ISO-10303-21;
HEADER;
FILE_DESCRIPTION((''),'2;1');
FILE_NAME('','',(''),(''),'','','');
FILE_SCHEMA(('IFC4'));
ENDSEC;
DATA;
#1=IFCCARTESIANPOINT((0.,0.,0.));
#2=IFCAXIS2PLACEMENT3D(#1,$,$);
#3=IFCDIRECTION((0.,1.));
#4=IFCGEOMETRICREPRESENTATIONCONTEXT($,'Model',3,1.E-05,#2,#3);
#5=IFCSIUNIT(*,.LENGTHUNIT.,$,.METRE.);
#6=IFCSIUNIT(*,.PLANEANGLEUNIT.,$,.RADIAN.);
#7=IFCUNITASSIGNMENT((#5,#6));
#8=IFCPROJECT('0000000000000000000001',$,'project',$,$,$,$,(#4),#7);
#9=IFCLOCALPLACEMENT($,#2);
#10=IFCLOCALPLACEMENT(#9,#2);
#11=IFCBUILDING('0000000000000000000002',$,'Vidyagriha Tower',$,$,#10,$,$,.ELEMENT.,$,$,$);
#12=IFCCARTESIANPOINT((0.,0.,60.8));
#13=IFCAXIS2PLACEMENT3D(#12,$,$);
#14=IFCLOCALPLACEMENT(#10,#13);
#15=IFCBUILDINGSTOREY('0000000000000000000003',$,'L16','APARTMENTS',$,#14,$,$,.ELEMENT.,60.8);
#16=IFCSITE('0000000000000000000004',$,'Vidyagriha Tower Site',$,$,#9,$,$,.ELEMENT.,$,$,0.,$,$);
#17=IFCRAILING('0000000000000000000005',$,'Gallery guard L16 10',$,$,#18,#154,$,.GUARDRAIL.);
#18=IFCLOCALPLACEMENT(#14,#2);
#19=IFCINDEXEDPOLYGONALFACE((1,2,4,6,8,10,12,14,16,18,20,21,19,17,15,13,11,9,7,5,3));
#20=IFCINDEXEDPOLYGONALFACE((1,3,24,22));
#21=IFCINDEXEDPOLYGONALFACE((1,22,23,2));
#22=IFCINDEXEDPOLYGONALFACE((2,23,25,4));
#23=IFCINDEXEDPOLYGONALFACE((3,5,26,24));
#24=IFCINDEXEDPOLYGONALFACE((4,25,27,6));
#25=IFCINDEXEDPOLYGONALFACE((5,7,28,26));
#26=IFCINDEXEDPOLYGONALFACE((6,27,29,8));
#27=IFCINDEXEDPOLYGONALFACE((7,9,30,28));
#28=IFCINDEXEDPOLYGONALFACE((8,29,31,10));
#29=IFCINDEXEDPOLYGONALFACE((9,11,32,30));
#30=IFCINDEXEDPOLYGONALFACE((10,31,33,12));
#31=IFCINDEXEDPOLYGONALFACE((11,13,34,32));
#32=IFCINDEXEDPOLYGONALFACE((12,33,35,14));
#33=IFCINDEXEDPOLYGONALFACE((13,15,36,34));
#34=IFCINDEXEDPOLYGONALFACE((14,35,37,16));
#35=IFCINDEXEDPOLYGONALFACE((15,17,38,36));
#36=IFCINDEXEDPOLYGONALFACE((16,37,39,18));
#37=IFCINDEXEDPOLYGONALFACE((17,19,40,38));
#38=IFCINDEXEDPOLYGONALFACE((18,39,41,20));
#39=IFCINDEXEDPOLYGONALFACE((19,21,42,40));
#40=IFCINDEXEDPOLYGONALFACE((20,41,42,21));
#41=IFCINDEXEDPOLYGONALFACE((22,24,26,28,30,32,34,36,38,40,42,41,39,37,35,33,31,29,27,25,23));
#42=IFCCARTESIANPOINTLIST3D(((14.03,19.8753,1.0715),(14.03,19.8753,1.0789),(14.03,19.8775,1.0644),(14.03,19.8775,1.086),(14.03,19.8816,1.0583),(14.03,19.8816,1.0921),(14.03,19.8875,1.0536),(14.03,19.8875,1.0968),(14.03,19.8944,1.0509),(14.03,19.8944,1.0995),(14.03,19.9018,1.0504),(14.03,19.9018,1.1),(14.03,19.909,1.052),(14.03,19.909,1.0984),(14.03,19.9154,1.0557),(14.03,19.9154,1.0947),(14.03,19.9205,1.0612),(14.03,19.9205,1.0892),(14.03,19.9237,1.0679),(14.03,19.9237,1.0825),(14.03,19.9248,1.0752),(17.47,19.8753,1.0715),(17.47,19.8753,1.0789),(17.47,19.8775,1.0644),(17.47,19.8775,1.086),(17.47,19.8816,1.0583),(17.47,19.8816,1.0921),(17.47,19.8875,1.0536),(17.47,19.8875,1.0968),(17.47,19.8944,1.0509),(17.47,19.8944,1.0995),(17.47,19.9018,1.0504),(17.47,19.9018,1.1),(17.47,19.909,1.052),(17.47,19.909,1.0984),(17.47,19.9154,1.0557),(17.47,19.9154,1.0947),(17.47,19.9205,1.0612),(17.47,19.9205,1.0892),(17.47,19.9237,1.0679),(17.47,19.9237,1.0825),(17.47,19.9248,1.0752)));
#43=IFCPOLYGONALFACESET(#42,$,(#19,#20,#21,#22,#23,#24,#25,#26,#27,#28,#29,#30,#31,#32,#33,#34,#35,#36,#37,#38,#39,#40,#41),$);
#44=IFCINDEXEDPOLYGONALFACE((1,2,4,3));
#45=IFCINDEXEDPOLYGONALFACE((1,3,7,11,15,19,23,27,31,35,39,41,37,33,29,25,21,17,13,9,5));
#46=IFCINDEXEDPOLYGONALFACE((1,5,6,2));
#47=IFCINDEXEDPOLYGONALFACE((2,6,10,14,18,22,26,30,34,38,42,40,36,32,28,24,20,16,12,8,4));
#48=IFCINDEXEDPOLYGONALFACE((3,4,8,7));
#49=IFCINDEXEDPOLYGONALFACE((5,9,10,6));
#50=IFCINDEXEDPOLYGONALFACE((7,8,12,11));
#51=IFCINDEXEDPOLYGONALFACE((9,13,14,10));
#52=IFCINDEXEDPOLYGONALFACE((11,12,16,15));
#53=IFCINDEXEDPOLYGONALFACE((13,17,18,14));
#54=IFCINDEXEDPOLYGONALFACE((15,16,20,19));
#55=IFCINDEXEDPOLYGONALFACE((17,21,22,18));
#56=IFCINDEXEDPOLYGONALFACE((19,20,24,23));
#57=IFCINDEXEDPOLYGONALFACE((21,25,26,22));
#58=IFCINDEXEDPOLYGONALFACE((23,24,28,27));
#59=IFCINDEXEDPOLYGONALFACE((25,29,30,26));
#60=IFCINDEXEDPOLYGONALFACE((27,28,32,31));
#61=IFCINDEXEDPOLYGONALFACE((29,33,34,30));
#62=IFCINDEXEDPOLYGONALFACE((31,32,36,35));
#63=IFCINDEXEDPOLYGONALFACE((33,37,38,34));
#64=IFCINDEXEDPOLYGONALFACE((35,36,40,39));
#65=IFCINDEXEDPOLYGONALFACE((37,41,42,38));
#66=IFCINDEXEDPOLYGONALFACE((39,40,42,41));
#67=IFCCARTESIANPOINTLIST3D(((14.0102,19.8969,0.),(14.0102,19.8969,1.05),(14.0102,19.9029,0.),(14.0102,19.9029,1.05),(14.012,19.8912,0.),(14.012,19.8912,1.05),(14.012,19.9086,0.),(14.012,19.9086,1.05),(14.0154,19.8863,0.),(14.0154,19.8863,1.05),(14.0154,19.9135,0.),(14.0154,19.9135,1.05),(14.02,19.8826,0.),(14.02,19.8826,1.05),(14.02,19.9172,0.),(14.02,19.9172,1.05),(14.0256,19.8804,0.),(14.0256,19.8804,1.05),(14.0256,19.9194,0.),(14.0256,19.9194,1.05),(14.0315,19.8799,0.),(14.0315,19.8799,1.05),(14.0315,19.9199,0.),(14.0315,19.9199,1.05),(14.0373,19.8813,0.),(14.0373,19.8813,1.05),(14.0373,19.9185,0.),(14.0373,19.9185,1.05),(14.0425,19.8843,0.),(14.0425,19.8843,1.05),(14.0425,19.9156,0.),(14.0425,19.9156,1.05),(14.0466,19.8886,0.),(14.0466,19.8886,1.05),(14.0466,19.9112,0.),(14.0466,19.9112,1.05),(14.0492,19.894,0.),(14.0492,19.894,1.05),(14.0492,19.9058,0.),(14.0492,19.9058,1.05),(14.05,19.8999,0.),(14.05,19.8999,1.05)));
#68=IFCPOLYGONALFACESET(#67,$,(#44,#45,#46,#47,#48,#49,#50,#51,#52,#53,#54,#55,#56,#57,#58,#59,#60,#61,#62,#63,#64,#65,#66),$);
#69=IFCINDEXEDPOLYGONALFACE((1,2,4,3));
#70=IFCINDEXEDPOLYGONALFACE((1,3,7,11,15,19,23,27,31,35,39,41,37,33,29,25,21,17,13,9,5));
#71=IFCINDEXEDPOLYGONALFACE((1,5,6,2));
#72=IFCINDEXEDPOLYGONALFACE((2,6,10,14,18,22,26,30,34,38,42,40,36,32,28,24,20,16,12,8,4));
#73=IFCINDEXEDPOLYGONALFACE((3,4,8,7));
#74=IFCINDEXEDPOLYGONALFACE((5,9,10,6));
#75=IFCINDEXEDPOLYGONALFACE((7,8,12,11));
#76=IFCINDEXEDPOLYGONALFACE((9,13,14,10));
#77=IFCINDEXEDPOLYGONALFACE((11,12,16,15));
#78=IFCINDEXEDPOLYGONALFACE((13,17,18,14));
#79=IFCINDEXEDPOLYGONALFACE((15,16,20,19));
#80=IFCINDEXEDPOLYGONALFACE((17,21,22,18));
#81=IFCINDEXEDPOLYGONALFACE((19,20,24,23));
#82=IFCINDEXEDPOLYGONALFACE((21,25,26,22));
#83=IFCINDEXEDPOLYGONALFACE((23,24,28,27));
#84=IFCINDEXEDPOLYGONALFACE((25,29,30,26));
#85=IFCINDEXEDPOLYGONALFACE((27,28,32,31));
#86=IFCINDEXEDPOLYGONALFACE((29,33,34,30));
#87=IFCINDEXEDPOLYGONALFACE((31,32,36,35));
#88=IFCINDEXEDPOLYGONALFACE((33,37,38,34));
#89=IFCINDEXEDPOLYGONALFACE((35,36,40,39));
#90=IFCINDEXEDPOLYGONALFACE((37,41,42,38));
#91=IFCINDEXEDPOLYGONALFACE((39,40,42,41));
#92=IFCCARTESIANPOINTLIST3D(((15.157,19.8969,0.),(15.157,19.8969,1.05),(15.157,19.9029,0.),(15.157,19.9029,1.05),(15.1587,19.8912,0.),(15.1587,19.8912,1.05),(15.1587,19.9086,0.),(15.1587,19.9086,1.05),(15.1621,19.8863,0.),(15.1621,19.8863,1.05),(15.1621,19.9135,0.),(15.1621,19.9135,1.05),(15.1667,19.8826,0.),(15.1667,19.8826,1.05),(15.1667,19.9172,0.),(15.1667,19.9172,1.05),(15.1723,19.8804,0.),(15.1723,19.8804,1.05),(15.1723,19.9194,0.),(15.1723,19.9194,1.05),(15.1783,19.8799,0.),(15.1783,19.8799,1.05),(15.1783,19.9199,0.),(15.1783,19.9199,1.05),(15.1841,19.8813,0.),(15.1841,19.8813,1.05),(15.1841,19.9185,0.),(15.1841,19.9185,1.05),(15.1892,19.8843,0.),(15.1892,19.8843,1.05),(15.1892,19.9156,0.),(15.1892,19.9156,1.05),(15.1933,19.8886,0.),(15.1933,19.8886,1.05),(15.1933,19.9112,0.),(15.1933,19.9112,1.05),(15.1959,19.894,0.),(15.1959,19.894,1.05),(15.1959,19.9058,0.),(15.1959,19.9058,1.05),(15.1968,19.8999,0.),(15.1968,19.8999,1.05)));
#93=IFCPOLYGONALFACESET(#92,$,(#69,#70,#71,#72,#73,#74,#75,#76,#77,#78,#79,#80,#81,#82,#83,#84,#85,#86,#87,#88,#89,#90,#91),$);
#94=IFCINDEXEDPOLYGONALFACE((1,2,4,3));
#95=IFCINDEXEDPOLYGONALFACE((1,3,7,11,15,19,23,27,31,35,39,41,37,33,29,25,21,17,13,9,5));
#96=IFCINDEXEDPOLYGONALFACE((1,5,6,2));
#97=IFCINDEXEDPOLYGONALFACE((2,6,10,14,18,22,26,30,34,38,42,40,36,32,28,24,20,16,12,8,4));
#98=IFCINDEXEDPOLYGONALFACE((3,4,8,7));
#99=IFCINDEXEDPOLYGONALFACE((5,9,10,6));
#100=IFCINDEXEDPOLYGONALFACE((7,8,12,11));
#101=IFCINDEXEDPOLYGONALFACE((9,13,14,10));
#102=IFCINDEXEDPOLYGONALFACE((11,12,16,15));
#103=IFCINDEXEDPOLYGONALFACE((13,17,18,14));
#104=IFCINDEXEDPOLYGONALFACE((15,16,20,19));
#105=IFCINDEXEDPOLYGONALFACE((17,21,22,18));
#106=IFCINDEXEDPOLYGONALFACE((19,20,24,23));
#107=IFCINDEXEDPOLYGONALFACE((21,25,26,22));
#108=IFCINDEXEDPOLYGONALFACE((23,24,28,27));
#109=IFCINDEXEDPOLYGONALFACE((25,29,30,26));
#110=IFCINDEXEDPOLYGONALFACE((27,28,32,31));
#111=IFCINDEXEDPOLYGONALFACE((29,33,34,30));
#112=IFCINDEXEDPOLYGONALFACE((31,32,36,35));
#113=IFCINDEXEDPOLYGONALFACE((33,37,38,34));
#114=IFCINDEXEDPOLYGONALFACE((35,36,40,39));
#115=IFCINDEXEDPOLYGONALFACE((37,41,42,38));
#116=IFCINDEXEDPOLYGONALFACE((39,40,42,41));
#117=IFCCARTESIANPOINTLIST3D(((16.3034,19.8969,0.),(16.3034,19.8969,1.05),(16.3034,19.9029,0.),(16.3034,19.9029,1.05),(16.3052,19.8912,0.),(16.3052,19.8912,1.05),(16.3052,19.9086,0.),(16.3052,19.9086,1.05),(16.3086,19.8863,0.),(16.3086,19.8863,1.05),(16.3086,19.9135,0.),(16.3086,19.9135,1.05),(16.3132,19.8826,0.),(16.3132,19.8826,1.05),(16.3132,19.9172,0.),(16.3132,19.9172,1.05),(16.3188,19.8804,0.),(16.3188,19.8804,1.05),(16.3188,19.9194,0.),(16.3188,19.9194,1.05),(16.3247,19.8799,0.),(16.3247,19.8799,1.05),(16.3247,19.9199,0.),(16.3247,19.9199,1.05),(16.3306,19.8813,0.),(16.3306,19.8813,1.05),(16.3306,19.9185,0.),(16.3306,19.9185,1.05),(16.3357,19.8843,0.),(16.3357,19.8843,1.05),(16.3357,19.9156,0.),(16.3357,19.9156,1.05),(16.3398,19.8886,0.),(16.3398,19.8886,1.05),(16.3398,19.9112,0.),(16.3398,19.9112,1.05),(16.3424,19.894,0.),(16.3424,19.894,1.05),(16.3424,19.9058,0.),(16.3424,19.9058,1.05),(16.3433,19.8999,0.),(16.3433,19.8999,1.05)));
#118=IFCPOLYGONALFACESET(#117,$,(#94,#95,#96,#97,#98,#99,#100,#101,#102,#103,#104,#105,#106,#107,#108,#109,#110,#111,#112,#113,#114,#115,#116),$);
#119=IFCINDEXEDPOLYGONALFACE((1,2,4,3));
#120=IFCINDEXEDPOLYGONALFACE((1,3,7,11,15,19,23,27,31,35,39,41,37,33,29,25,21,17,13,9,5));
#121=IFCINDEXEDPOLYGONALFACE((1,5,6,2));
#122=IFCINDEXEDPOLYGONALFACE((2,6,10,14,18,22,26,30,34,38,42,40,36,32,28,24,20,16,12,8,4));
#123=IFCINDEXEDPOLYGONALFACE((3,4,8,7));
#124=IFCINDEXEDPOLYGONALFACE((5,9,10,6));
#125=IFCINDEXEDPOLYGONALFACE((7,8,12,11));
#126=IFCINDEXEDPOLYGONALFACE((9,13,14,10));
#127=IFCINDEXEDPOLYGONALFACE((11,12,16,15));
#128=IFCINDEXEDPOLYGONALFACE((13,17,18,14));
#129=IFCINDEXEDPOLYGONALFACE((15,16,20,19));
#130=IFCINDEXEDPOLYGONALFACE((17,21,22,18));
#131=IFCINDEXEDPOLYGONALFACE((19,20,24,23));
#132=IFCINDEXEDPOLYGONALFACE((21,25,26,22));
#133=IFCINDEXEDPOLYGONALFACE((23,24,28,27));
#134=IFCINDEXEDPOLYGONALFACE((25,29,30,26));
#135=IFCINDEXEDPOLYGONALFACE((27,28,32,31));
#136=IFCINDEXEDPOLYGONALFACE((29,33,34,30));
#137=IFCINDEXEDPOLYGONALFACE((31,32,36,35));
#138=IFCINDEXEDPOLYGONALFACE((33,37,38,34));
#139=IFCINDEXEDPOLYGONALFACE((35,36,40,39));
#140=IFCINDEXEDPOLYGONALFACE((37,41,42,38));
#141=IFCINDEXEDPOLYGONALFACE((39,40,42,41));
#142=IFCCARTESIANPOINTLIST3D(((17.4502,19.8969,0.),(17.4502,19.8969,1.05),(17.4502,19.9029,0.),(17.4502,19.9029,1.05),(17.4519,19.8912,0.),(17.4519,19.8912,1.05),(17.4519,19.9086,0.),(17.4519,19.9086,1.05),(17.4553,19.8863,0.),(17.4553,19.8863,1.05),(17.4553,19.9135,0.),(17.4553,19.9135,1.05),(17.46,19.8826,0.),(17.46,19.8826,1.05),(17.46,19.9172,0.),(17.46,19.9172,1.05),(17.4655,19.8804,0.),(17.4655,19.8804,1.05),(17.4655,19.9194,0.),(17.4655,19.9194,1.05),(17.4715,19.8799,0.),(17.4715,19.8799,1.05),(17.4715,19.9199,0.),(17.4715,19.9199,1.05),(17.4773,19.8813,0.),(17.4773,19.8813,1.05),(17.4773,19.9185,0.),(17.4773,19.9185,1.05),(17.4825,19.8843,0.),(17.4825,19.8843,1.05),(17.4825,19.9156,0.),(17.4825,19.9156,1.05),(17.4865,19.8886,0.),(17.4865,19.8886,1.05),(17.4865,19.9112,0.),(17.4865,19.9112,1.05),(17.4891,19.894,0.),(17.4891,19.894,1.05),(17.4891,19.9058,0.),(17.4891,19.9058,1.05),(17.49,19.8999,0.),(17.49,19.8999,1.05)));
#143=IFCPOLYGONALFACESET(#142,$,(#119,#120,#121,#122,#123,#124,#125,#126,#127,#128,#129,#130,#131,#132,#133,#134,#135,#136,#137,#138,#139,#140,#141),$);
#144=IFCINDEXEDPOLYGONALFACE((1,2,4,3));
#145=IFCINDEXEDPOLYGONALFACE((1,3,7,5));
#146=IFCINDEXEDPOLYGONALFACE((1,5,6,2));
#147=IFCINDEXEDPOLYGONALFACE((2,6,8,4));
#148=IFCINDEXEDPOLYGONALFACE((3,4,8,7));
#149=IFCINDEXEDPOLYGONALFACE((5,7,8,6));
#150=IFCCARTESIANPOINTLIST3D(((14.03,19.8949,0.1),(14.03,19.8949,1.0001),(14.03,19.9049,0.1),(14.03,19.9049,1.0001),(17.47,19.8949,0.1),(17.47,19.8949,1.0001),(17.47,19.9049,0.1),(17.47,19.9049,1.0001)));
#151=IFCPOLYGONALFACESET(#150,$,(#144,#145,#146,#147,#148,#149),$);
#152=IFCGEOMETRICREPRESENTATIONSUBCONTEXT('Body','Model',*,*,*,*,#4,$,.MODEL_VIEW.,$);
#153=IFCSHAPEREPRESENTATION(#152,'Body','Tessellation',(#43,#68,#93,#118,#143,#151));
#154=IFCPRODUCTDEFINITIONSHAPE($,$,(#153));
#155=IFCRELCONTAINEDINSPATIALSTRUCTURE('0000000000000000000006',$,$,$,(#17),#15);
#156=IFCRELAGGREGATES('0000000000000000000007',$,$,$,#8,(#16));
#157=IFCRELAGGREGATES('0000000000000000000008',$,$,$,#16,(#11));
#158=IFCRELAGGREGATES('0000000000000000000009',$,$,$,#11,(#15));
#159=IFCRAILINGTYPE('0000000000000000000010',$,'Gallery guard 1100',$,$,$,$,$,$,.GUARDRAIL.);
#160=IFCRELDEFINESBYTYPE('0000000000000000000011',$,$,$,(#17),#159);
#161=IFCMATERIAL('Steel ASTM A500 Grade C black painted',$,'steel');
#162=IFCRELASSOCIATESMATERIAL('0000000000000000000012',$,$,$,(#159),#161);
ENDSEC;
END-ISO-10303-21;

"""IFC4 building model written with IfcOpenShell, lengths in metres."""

from ifc_helpers import new_model, si_unit, direction, frame, origin, origin_2d, place, context, subcontext, project, spatial, rectangle, circle, extrude, material, type_object, element, save


model = new_model("IFC4")

# Units and contexts
model_context = context("Model", 3, precision=1e-05, world=origin(), true_north=direction((0.0, 1.0)))
body_context = subcontext(model_context, "Body", "Model", "MODEL_VIEW")
ifc_project = project(units=[si_unit("LENGTHUNIT", "METRE"), si_unit("PLANEANGLEUNIT", "RADIAN")], contexts=[model_context])

# Site, building, storey
site_placement = place(None, origin())
site = spatial("IfcSite", under=ifc_project, at=site_placement, Name="Vidyagriha Tower Site", CompositionType="ELEMENT", RefElevation=0.0)
building_placement = place(site_placement, origin())
building = spatial("IfcBuilding", under=site, at=building_placement, Name="Vidyagriha Tower", CompositionType="ELEMENT")
storey_placement = place(building_placement, frame((0.0, 0.0, 60.8)))
storey = spatial("IfcBuildingStorey", under=building, at=storey_placement, Name="L16", Description="APARTMENTS", CompositionType="ELEMENT", Elevation=60.8)

# Railing
ifc_material_1 = material(Name="Steel ASTM A500 Grade C black painted", Category="steel")
railing_type_1 = type_object("IfcRailingType", Name="Gallery guard 1100", PredefinedType="GUARDRAIL", material=ifc_material_1)
railing_1_placement = place(storey_placement, frame((14.03, 19.8999, 0.0)))
element("IfcRailing", 1, at=railing_1_placement, inside=storey, type_object=railing_type_1, Name="Gallery guard L16 10", PredefinedType="GUARDRAIL", context=body_context, shape_type="SweptSolid", body=[
    extrude(circle(Radius=0.0249, at=origin_2d()), frame((0.0, 0.0, 1.0752), z_axis=(1.0, 0.0, 0.0), x_axis=(0.0, 1.0, 0.0)), (0.0, 0.0, 1.0), 3.4399),
    extrude(circle(Radius=0.02, at=origin_2d()), origin(), (0.0, 0.0, 1.0), 1.05),
    extrude(circle(Radius=0.02, at=origin_2d()), frame((1.1467, 0.0, 0.0)), (0.0, 0.0, 1.0), 1.05),
    extrude(circle(Radius=0.02, at=origin_2d()), frame((2.2932, 0.0, 0.0)), (0.0, 0.0, 1.0), 1.05),
    extrude(circle(Radius=0.02, at=origin_2d()), frame((3.4399, 0.0, 0.0)), (0.0, 0.0, 1.0), 1.05),
    extrude(rectangle(XDim=0.01, YDim=0.9001, at=origin_2d()), frame((0.0, 0.0, 0.55), z_axis=(1.0, 0.0, 0.0), x_axis=(0.0, 1.0, 0.0)), (0.0, 0.0, 1.0), 3.4399),
])

save(model, "model.ifc")
